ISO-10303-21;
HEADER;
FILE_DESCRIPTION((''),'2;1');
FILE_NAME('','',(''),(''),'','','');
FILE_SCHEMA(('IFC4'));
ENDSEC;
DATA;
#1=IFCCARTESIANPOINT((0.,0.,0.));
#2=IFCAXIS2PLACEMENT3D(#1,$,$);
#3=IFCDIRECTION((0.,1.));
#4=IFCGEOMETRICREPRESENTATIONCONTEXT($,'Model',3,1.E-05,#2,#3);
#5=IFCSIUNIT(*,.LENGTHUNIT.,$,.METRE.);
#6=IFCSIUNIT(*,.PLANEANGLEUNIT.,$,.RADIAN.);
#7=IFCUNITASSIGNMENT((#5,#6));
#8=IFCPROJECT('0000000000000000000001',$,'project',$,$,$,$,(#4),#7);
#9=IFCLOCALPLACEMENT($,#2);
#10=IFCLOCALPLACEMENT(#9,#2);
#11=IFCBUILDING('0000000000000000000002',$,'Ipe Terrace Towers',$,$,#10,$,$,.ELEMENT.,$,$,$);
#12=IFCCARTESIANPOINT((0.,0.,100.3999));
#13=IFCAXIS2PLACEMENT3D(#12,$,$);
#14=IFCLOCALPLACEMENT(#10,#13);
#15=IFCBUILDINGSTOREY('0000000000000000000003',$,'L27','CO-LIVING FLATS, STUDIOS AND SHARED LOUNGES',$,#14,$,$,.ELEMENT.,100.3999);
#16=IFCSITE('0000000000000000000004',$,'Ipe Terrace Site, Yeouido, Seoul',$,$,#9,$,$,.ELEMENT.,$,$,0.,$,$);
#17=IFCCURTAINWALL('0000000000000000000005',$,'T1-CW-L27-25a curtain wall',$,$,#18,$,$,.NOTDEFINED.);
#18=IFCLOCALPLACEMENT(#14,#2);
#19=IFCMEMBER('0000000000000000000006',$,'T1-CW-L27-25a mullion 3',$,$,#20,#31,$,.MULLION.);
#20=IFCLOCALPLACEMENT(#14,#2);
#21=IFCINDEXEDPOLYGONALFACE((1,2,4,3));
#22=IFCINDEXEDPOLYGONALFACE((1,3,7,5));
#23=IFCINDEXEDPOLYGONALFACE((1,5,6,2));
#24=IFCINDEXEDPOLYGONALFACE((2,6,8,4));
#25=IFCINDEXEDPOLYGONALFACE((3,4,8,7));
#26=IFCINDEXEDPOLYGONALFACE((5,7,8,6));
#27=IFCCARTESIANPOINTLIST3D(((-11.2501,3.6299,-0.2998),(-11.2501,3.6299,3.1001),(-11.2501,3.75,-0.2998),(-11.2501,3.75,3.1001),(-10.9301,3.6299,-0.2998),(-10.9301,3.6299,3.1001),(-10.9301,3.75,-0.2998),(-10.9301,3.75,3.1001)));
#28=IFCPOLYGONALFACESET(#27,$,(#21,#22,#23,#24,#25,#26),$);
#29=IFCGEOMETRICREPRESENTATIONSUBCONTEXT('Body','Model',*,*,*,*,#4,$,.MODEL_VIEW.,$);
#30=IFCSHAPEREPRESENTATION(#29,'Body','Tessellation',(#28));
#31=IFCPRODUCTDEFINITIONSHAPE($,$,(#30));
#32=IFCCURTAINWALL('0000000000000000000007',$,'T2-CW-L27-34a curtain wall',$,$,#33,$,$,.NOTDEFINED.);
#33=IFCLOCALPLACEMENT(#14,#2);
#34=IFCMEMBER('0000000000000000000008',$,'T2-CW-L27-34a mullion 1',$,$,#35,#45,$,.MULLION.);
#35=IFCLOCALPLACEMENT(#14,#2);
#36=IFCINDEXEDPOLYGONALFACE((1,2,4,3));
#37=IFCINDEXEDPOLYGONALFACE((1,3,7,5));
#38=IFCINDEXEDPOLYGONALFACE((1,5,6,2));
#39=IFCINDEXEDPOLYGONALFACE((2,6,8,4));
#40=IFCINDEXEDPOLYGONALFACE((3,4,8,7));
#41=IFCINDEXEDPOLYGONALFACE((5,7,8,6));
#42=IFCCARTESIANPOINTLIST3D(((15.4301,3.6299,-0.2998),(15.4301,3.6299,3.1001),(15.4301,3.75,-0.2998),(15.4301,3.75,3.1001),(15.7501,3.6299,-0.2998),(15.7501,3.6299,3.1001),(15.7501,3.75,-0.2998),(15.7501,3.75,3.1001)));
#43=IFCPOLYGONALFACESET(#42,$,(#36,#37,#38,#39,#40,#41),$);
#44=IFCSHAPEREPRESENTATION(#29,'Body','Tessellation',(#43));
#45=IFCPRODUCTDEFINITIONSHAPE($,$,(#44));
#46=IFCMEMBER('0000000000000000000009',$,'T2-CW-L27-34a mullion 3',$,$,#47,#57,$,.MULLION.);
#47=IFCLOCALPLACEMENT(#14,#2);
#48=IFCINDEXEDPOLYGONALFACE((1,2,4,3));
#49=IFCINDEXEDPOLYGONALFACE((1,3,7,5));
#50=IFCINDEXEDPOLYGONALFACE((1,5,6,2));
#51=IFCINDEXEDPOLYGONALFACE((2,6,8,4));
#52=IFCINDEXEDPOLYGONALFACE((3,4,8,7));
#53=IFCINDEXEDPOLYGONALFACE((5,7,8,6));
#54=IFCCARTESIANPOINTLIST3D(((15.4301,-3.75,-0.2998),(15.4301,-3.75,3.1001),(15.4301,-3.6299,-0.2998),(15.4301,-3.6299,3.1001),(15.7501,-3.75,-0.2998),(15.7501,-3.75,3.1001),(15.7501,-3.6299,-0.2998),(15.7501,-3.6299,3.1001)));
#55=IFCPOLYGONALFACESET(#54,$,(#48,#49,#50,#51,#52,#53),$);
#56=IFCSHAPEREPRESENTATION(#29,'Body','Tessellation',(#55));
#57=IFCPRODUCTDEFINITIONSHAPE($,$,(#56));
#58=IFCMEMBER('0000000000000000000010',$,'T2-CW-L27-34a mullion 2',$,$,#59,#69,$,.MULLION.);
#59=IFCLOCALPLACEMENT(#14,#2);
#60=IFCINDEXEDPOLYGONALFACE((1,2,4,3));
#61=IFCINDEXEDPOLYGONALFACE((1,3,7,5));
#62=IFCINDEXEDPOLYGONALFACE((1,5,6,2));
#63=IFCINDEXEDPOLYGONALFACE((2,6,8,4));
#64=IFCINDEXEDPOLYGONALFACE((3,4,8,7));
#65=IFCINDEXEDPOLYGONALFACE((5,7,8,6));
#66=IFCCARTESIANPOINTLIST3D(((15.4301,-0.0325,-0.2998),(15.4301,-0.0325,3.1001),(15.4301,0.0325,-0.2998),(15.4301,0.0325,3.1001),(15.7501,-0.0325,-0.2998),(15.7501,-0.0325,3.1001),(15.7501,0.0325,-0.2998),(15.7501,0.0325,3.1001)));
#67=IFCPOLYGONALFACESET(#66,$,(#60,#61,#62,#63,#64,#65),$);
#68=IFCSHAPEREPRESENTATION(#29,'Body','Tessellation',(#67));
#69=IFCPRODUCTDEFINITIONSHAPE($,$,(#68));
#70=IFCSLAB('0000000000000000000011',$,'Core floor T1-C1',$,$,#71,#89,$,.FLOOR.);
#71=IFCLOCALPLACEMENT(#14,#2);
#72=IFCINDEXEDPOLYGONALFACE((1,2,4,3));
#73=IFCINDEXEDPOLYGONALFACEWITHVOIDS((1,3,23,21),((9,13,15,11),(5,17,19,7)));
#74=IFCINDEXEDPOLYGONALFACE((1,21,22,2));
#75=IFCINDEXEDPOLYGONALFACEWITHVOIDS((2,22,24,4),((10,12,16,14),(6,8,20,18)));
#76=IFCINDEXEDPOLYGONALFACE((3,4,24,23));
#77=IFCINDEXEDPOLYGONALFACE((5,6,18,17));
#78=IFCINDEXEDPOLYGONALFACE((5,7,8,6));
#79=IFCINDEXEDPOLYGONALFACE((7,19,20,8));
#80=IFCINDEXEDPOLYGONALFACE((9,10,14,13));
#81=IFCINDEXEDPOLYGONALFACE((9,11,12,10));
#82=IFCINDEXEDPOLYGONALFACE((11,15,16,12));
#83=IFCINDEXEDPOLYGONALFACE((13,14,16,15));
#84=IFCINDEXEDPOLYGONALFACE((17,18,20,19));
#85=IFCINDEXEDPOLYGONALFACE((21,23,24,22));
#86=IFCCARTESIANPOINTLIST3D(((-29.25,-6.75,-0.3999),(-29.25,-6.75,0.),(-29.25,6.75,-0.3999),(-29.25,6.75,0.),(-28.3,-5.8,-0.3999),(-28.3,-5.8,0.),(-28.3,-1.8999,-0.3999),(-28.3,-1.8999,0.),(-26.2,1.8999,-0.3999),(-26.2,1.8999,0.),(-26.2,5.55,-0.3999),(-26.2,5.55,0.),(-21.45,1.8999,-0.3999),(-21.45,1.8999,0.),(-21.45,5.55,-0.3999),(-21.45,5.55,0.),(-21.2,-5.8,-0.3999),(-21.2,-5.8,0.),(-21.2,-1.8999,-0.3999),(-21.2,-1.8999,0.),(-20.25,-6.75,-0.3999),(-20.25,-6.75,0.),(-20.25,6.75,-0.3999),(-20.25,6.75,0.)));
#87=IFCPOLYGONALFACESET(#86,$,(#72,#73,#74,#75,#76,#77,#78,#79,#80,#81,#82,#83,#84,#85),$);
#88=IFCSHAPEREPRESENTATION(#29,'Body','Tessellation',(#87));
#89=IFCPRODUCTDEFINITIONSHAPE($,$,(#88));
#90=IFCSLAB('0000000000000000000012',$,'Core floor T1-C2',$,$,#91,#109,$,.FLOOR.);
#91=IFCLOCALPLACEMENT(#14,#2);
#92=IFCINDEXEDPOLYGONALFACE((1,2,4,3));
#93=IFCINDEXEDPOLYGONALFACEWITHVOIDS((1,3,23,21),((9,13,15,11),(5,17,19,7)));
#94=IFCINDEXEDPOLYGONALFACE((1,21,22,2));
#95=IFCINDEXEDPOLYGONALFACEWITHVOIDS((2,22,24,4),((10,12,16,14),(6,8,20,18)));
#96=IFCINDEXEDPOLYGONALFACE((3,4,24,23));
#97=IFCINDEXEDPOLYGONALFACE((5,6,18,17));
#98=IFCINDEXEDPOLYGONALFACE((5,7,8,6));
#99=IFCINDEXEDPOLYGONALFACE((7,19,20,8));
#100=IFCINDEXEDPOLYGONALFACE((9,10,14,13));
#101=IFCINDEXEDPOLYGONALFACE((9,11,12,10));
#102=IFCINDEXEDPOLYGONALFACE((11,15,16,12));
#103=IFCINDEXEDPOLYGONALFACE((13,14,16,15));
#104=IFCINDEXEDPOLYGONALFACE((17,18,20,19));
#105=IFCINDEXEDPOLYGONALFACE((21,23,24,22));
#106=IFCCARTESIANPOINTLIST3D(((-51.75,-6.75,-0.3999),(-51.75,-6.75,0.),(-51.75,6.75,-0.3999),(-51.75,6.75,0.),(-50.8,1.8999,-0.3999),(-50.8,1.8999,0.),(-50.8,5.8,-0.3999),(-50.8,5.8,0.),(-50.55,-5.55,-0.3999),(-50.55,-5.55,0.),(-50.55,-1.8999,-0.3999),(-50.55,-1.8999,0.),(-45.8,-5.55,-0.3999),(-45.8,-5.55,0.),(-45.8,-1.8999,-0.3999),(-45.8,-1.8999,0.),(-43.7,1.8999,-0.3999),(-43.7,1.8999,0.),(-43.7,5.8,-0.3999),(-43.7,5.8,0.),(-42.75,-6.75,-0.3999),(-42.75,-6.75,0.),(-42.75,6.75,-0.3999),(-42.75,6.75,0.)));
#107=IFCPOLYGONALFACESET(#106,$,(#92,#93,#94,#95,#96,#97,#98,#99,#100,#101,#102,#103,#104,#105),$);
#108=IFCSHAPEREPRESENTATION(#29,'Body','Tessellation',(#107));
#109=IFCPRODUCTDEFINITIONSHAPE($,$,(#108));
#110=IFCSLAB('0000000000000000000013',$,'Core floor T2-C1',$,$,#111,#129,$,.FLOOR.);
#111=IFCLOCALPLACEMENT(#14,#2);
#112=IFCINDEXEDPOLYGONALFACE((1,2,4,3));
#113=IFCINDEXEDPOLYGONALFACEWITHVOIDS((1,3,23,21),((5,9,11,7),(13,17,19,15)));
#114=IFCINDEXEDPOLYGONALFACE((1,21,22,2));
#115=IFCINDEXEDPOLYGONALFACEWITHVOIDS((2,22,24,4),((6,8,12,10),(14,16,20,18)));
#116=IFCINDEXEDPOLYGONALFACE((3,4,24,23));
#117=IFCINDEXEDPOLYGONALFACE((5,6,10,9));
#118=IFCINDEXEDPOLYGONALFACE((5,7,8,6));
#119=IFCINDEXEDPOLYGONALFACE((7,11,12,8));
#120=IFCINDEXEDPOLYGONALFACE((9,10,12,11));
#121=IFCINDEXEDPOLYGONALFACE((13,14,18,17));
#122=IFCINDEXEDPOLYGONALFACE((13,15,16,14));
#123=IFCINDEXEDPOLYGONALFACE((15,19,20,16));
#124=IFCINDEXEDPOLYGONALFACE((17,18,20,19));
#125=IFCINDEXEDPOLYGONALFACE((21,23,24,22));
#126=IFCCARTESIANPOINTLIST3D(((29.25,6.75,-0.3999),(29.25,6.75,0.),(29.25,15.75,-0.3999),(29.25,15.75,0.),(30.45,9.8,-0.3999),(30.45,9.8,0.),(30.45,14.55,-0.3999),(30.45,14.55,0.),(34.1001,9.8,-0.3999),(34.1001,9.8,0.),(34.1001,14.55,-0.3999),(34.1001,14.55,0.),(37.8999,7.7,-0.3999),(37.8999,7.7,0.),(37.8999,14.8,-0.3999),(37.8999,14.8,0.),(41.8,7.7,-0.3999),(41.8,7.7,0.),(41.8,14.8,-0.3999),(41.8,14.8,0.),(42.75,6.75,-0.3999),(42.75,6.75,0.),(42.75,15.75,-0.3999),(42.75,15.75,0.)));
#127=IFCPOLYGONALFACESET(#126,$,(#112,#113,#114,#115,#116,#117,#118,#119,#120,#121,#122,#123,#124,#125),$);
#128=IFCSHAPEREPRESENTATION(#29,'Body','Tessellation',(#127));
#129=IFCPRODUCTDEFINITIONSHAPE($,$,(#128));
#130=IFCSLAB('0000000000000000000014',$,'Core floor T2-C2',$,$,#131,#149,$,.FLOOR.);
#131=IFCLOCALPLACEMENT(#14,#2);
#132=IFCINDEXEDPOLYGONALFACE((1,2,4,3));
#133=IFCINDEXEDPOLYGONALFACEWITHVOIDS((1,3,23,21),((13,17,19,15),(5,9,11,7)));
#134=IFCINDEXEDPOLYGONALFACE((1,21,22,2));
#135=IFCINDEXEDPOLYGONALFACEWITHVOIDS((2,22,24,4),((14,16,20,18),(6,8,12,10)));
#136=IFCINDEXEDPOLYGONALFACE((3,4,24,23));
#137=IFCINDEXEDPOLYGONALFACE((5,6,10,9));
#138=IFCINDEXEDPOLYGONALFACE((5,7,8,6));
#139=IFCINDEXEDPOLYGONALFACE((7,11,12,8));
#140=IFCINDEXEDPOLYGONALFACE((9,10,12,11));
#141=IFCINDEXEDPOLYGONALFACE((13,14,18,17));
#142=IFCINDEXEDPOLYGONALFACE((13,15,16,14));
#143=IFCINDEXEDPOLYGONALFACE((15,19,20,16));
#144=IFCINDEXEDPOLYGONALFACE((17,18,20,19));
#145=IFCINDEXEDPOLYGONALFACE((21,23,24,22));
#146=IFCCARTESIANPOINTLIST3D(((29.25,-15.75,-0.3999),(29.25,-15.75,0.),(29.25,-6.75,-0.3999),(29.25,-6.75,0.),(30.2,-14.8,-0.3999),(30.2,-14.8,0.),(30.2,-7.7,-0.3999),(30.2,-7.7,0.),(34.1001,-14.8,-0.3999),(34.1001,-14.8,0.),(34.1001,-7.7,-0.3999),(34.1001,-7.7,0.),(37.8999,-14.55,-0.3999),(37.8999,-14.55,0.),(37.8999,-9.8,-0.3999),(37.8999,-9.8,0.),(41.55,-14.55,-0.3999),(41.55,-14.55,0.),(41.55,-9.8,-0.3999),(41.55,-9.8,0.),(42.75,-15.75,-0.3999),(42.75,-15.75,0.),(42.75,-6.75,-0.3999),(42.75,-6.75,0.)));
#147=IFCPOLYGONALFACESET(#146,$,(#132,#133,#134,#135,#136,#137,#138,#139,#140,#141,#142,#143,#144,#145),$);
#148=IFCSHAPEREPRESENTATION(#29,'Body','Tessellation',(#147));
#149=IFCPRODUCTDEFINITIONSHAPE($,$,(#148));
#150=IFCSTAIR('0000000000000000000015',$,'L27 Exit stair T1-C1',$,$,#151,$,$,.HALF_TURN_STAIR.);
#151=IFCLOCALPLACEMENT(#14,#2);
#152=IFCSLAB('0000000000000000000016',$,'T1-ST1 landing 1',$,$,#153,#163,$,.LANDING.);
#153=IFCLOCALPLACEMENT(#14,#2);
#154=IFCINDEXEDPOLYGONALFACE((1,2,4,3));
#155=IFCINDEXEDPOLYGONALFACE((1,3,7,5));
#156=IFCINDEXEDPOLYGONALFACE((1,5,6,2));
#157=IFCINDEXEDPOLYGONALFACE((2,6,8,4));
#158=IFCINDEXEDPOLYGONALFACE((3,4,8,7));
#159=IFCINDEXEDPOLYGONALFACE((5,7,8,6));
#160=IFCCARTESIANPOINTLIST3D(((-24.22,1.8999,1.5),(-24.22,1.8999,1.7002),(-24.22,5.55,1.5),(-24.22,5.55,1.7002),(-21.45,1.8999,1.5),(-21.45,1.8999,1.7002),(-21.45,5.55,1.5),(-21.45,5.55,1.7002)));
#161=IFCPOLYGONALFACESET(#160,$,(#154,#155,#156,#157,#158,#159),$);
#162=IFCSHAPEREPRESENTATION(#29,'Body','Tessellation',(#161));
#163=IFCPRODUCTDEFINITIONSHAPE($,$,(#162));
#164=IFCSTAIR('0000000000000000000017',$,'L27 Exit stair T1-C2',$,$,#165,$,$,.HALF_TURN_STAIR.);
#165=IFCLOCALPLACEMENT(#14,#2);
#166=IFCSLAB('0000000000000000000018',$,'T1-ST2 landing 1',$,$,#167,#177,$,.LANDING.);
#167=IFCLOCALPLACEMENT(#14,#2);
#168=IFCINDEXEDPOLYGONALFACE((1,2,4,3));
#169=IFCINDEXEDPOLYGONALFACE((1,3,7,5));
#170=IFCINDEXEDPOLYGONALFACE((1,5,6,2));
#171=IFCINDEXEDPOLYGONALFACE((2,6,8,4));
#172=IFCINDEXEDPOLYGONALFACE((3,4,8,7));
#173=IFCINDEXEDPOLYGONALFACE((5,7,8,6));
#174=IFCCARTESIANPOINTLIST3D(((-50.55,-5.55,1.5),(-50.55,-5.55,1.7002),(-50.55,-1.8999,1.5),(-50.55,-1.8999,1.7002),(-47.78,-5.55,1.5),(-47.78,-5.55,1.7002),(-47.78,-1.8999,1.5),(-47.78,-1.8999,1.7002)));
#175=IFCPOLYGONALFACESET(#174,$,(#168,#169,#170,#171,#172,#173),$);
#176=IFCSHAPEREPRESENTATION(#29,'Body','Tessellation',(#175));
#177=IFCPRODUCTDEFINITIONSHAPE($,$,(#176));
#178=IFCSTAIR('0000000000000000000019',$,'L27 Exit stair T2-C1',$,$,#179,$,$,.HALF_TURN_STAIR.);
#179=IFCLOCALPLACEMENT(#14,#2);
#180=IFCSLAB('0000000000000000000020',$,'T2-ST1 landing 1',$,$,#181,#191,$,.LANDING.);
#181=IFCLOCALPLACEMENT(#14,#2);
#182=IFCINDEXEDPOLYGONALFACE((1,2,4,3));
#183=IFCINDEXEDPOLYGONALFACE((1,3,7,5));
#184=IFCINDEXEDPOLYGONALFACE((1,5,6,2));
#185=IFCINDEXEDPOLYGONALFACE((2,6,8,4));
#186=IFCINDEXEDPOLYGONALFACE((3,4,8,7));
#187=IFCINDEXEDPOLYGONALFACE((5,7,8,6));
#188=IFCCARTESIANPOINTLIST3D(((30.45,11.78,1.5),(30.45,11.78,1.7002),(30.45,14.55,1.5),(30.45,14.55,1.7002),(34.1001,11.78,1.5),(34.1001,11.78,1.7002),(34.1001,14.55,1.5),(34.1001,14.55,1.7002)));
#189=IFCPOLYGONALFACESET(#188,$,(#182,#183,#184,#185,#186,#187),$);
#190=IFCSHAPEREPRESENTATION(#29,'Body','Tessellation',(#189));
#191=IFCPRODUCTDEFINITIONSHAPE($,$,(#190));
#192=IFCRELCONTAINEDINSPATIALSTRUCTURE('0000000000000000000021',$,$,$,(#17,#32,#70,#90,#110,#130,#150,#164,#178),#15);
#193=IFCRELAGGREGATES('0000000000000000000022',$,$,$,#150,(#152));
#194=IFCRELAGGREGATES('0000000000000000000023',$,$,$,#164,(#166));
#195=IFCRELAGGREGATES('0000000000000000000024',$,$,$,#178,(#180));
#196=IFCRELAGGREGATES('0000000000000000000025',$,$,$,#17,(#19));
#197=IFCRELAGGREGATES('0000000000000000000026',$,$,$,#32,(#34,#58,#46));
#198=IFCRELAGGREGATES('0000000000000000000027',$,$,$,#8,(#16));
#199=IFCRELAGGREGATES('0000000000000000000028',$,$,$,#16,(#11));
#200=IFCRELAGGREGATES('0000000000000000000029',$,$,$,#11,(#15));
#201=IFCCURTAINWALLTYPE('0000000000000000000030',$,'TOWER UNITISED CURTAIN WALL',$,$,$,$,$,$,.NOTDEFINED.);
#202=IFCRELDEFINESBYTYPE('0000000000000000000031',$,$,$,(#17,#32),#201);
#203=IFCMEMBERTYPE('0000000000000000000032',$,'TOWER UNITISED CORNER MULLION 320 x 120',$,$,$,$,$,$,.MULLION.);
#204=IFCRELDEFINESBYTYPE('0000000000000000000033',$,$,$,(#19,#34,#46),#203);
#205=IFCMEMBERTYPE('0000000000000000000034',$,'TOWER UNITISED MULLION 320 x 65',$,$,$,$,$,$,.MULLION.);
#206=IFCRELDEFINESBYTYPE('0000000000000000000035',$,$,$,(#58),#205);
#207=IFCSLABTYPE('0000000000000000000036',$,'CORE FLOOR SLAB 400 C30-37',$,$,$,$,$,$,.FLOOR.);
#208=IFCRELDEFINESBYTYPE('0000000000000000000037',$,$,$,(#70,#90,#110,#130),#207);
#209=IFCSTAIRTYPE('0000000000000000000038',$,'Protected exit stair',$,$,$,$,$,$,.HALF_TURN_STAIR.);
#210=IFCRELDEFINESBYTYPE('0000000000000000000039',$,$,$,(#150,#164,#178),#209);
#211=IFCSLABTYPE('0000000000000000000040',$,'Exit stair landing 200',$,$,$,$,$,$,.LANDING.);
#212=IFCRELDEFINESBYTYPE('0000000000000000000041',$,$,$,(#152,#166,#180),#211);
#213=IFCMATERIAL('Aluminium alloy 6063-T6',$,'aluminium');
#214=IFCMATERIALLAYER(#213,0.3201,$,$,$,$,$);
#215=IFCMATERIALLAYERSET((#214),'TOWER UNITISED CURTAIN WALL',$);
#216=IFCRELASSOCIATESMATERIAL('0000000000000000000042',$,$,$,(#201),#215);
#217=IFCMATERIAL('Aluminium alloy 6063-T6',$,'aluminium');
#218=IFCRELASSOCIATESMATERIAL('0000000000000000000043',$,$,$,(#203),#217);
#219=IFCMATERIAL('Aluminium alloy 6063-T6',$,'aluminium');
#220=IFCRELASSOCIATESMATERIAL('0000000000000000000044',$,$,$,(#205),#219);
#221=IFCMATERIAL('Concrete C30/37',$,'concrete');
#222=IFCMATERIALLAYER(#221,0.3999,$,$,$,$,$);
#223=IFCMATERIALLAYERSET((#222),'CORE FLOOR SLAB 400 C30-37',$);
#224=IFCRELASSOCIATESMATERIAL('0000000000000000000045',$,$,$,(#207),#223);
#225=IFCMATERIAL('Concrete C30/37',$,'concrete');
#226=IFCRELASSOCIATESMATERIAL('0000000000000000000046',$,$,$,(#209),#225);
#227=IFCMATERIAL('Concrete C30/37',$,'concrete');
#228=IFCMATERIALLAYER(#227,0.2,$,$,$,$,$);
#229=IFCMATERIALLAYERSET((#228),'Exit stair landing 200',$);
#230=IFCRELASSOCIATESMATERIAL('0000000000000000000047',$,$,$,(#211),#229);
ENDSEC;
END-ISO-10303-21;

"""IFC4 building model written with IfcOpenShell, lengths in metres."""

from ifc_helpers import new_model, si_unit, direction, frame, origin, origin_2d, place, context, subcontext, project, spatial, polyline, rectangle, outline, extrude, material, layer, layer_set, material_profile, profile_set, type_object, element, aggregate, save


model = new_model("IFC4")

# Units and contexts
model_context = context("Model", 3, precision=1e-05, world=origin(), true_north=direction((0.0, 1.0)))
body_context = subcontext(model_context, "Body", "Model", "MODEL_VIEW")
ifc_project = project(units=[si_unit("LENGTHUNIT", "METRE"), si_unit("PLANEANGLEUNIT", "RADIAN")], contexts=[model_context])

# Site, building, storey
site_placement = place(None, origin())
site = spatial("IfcSite", under=ifc_project, at=site_placement, Name="Ipe Terrace Site, Yeouido, Seoul", CompositionType="ELEMENT", RefElevation=0.0)
building_placement = place(site_placement, origin())
building = spatial("IfcBuilding", under=site, at=building_placement, Name="Ipe Terrace Towers", CompositionType="ELEMENT")
storey_placement = place(building_placement, frame((0.0, 0.0, 100.3999)))
storey = spatial("IfcBuildingStorey", under=building, at=storey_placement, Name="L27", Description="CO-LIVING FLATS, STUDIOS AND SHARED LOUNGES", CompositionType="ELEMENT", Elevation=100.3999)

# Curtain wall, member
ifc_material_1 = material(Name="Aluminium alloy 6063-T6", Category="aluminium")
ifc_layer_1 = layer(ifc_material_1, 0.3201)
ifc_layer_set_1 = layer_set([ifc_layer_1], Name="TOWER UNITISED CURTAIN WALL")
curtain_wall_type = type_object("IfcCurtainWallType", Name="TOWER UNITISED CURTAIN WALL", PredefinedType="NOTDEFINED", material=ifc_layer_set_1)
curtain_wall_1_placement = place(storey_placement, origin())
curtain_wall_1 = element("IfcCurtainWall", 1, at=curtain_wall_1_placement, inside=storey, type_object=curtain_wall_type, Name="T1-CW-L27-25a curtain wall", PredefinedType="NOTDEFINED")
ifc_material_2 = material(Name="Aluminium alloy 6063-T6", Category="aluminium")
ifc_material_profile_1 = material_profile(ifc_material_2, rectangle(XDim=0.3201, YDim=0.1201, at=origin_2d()), Name="TOWER UNITISED CORNER MULLION 320 x 120")
ifc_profile_set_1 = profile_set([ifc_material_profile_1], Name="Aluminium alloy 6063-T6")
member_type_1 = type_object("IfcMemberType", Name="TOWER UNITISED CORNER MULLION 320 x 120", PredefinedType="MULLION", material=ifc_profile_set_1)
member_1_placement = place(storey_placement, frame((-11.0901, 3.6899, -0.2998), z_axis=(0.0, 0.0, 1.0), x_axis=(1.0, 0.0, 0.0)))
member_1 = element("IfcMember", 2, at=member_1_placement, type_object=member_type_1, Name="T1-CW-L27-25a mullion 3", PredefinedType="MULLION", context=body_context, shape_type="SweptSolid", body=[
    extrude(rectangle(XDim=0.3201, YDim=0.1201, at=origin_2d()), origin(), (0.0, 0.0, 1.0), 3.3999),
])

# Curtain wall, members
curtain_wall_2_placement = place(storey_placement, origin())
curtain_wall_2 = element("IfcCurtainWall", 3, at=curtain_wall_2_placement, inside=storey, type_object=curtain_wall_type, Name="T2-CW-L27-34a curtain wall", PredefinedType="NOTDEFINED")
member_2_placement = place(storey_placement, frame((15.5901, 3.6899, -0.2998), z_axis=(0.0, 0.0, 1.0), x_axis=(-1.0, 0.0, 0.0)))
member_2 = element("IfcMember", 4, at=member_2_placement, type_object=member_type_1, Name="T2-CW-L27-34a mullion 1", PredefinedType="MULLION", context=body_context, shape_type="SweptSolid", body=[
    extrude(rectangle(XDim=0.3201, YDim=0.1201, at=origin_2d()), origin(), (0.0, 0.0, 1.0), 3.3999),
])
member_3_placement = place(storey_placement, frame((15.5901, -3.6899, -0.2998), z_axis=(0.0, 0.0, 1.0), x_axis=(-1.0, 0.0, 0.0)))
member_3 = element("IfcMember", 5, at=member_3_placement, type_object=member_type_1, Name="T2-CW-L27-34a mullion 3", PredefinedType="MULLION", context=body_context, shape_type="SweptSolid", body=[
    extrude(rectangle(XDim=0.3201, YDim=0.1201, at=origin_2d()), origin(), (0.0, 0.0, 1.0), 3.3999),
])
ifc_material_3 = material(Name="Aluminium alloy 6063-T6", Category="aluminium")
ifc_material_profile_2 = material_profile(ifc_material_3, rectangle(XDim=0.3201, YDim=0.0649, at=origin_2d()), Name="TOWER UNITISED MULLION 320 x 65")
ifc_profile_set_2 = profile_set([ifc_material_profile_2], Name="Aluminium alloy 6063-T6")
member_type_2 = type_object("IfcMemberType", Name="TOWER UNITISED MULLION 320 x 65", PredefinedType="MULLION", material=ifc_profile_set_2)
member_4_placement = place(storey_placement, frame((15.5901, 0.0, -0.2998), z_axis=(0.0, 0.0, 1.0), x_axis=(-1.0, 0.0, 0.0)))
member_4 = element("IfcMember", 6, at=member_4_placement, type_object=member_type_2, Name="T2-CW-L27-34a mullion 2", PredefinedType="MULLION", context=body_context, shape_type="SweptSolid", body=[
    extrude(rectangle(XDim=0.3201, YDim=0.0649, at=origin_2d()), origin(), (0.0, 0.0, 1.0), 3.3999),
])

# Slabs
ifc_material_4 = material(Name="Concrete C30/37", Category="concrete")
ifc_layer_2 = layer(ifc_material_4, 0.3999)
ifc_layer_set_2 = layer_set([ifc_layer_2], Name="CORE FLOOR SLAB 400 C30-37")
slab_type_1 = type_object("IfcSlabType", Name="CORE FLOOR SLAB 400 C30-37", PredefinedType="FLOOR", material=ifc_layer_set_2)
slab_1_placement = place(storey_placement, frame((0.0, 0.0, -0.3999)))
element("IfcSlab", 7, at=slab_1_placement, inside=storey, type_object=slab_type_1, Name="Core floor T1-C1", PredefinedType="FLOOR", context=body_context, shape_type="SweptSolid", body=[
    extrude(outline(polyline([(-29.25, -6.75), (-29.25, 6.75), (-20.25, 6.75), (-20.25, -6.75), (-29.25, -6.75)]), holes=[polyline([(-28.3, -5.8), (-21.2, -5.8), (-21.2, -1.8999), (-28.3, -1.8999), (-28.3, -5.8)]), polyline([(-26.2, 5.55), (-26.2, 1.8999), (-21.45, 1.8999), (-21.45, 5.55), (-26.2, 5.55)])]), origin(), (0.0, 0.0, 1.0), 0.3999),
])
slab_2_placement = place(storey_placement, frame((0.0, 0.0, -0.3999)))
element("IfcSlab", 8, at=slab_2_placement, inside=storey, type_object=slab_type_1, Name="Core floor T1-C2", PredefinedType="FLOOR", context=body_context, shape_type="SweptSolid", body=[
    extrude(outline(polyline([(-51.75, -6.75), (-51.75, 6.75), (-42.75, 6.75), (-42.75, -6.75), (-51.75, -6.75)]), holes=[polyline([(-45.8, -5.55), (-45.8, -1.8999), (-50.55, -1.8999), (-50.55, -5.55), (-45.8, -5.55)]), polyline([(-50.8, 1.8999), (-43.7, 1.8999), (-43.7, 5.8), (-50.8, 5.8), (-50.8, 1.8999)])]), origin(), (0.0, 0.0, 1.0), 0.3999),
])
slab_3_placement = place(storey_placement, frame((0.0, 0.0, -0.3999)))
element("IfcSlab", 9, at=slab_3_placement, inside=storey, type_object=slab_type_1, Name="Core floor T2-C1", PredefinedType="FLOOR", context=body_context, shape_type="SweptSolid", body=[
    extrude(outline(polyline([(29.25, 6.75), (29.25, 15.75), (42.75, 15.75), (42.75, 6.75), (29.25, 6.75)]), holes=[polyline([(41.8, 7.7), (41.8, 14.8), (37.8999, 14.8), (37.8999, 7.7), (41.8, 7.7)]), polyline([(30.45, 9.8), (34.1001, 9.8), (34.1001, 14.55), (30.45, 14.55), (30.45, 9.8)])]), origin(), (0.0, 0.0, 1.0), 0.3999),
])
slab_4_placement = place(storey_placement, frame((0.0, 0.0, -0.3999)))
element("IfcSlab", 10, at=slab_4_placement, inside=storey, type_object=slab_type_1, Name="Core floor T2-C2", PredefinedType="FLOOR", context=body_context, shape_type="SweptSolid", body=[
    extrude(outline(polyline([(29.25, -15.75), (29.25, -6.75), (42.75, -6.75), (42.75, -15.75), (29.25, -15.75)]), holes=[polyline([(34.1001, -14.8), (34.1001, -7.7), (30.2, -7.7), (30.2, -14.8), (34.1001, -14.8)]), polyline([(41.55, -9.8), (37.8999, -9.8), (37.8999, -14.55), (41.55, -14.55), (41.55, -9.8)])]), origin(), (0.0, 0.0, 1.0), 0.3999),
])

# Stairs, slabs
ifc_material_5 = material(Name="Concrete C30/37", Category="concrete")
stair_type = type_object("IfcStairType", Name="Protected exit stair", PredefinedType="HALF_TURN_STAIR", material=ifc_material_5)
stair_1_placement = place(storey_placement, origin())
stair_1 = element("IfcStair", 11, at=stair_1_placement, inside=storey, type_object=stair_type, Name="L27 Exit stair T1-C1", PredefinedType="HALF_TURN_STAIR")
ifc_material_6 = material(Name="Concrete C30/37", Category="concrete")
ifc_layer_3 = layer(ifc_material_6, 0.2)
ifc_layer_set_3 = layer_set([ifc_layer_3], Name="Exit stair landing 200")
slab_type_2 = type_object("IfcSlabType", Name="Exit stair landing 200", PredefinedType="LANDING", material=ifc_layer_set_3)
slab_5_placement = place(storey_placement, frame((0.0, 0.0, 1.5)))
slab_5 = element("IfcSlab", 12, at=slab_5_placement, type_object=slab_type_2, Name="T1-ST1 landing 1", PredefinedType="LANDING", context=body_context, shape_type="SweptSolid", body=[
    extrude(outline(polyline([(-24.22, 1.8999), (-21.45, 1.8999), (-21.45, 5.55), (-24.22, 5.55), (-24.22, 1.8999)])), origin(), (0.0, 0.0, 1.0), 0.2002),
])
aggregate(stair_1, [slab_5])
stair_2_placement = place(storey_placement, origin())
stair_2 = element("IfcStair", 13, at=stair_2_placement, inside=storey, type_object=stair_type, Name="L27 Exit stair T1-C2", PredefinedType="HALF_TURN_STAIR")
slab_6_placement = place(storey_placement, frame((0.0, 0.0, 1.5)))
slab_6 = element("IfcSlab", 14, at=slab_6_placement, type_object=slab_type_2, Name="T1-ST2 landing 1", PredefinedType="LANDING", context=body_context, shape_type="SweptSolid", body=[
    extrude(outline(polyline([(-47.78, -1.8999), (-50.55, -1.8999), (-50.55, -5.55), (-47.78, -5.55), (-47.78, -1.8999)])), origin(), (0.0, 0.0, 1.0), 0.2002),
])
aggregate(stair_2, [slab_6])
stair_3_placement = place(storey_placement, origin())
stair_3 = element("IfcStair", 15, at=stair_3_placement, inside=storey, type_object=stair_type, Name="L27 Exit stair T2-C1", PredefinedType="HALF_TURN_STAIR")
slab_7_placement = place(storey_placement, frame((0.0, 0.0, 1.5)))
slab_7 = element("IfcSlab", 16, at=slab_7_placement, type_object=slab_type_2, Name="T2-ST1 landing 1", PredefinedType="LANDING", context=body_context, shape_type="SweptSolid", body=[
    extrude(outline(polyline([(34.1001, 11.78), (34.1001, 14.55), (30.45, 14.55), (30.45, 11.78), (34.1001, 11.78)])), origin(), (0.0, 0.0, 1.0), 0.2002),
])
aggregate(stair_3, [slab_7])

aggregate(curtain_wall_1, [member_1])
aggregate(curtain_wall_2, [member_2, member_4, member_3])

save(model, "model.ifc")
